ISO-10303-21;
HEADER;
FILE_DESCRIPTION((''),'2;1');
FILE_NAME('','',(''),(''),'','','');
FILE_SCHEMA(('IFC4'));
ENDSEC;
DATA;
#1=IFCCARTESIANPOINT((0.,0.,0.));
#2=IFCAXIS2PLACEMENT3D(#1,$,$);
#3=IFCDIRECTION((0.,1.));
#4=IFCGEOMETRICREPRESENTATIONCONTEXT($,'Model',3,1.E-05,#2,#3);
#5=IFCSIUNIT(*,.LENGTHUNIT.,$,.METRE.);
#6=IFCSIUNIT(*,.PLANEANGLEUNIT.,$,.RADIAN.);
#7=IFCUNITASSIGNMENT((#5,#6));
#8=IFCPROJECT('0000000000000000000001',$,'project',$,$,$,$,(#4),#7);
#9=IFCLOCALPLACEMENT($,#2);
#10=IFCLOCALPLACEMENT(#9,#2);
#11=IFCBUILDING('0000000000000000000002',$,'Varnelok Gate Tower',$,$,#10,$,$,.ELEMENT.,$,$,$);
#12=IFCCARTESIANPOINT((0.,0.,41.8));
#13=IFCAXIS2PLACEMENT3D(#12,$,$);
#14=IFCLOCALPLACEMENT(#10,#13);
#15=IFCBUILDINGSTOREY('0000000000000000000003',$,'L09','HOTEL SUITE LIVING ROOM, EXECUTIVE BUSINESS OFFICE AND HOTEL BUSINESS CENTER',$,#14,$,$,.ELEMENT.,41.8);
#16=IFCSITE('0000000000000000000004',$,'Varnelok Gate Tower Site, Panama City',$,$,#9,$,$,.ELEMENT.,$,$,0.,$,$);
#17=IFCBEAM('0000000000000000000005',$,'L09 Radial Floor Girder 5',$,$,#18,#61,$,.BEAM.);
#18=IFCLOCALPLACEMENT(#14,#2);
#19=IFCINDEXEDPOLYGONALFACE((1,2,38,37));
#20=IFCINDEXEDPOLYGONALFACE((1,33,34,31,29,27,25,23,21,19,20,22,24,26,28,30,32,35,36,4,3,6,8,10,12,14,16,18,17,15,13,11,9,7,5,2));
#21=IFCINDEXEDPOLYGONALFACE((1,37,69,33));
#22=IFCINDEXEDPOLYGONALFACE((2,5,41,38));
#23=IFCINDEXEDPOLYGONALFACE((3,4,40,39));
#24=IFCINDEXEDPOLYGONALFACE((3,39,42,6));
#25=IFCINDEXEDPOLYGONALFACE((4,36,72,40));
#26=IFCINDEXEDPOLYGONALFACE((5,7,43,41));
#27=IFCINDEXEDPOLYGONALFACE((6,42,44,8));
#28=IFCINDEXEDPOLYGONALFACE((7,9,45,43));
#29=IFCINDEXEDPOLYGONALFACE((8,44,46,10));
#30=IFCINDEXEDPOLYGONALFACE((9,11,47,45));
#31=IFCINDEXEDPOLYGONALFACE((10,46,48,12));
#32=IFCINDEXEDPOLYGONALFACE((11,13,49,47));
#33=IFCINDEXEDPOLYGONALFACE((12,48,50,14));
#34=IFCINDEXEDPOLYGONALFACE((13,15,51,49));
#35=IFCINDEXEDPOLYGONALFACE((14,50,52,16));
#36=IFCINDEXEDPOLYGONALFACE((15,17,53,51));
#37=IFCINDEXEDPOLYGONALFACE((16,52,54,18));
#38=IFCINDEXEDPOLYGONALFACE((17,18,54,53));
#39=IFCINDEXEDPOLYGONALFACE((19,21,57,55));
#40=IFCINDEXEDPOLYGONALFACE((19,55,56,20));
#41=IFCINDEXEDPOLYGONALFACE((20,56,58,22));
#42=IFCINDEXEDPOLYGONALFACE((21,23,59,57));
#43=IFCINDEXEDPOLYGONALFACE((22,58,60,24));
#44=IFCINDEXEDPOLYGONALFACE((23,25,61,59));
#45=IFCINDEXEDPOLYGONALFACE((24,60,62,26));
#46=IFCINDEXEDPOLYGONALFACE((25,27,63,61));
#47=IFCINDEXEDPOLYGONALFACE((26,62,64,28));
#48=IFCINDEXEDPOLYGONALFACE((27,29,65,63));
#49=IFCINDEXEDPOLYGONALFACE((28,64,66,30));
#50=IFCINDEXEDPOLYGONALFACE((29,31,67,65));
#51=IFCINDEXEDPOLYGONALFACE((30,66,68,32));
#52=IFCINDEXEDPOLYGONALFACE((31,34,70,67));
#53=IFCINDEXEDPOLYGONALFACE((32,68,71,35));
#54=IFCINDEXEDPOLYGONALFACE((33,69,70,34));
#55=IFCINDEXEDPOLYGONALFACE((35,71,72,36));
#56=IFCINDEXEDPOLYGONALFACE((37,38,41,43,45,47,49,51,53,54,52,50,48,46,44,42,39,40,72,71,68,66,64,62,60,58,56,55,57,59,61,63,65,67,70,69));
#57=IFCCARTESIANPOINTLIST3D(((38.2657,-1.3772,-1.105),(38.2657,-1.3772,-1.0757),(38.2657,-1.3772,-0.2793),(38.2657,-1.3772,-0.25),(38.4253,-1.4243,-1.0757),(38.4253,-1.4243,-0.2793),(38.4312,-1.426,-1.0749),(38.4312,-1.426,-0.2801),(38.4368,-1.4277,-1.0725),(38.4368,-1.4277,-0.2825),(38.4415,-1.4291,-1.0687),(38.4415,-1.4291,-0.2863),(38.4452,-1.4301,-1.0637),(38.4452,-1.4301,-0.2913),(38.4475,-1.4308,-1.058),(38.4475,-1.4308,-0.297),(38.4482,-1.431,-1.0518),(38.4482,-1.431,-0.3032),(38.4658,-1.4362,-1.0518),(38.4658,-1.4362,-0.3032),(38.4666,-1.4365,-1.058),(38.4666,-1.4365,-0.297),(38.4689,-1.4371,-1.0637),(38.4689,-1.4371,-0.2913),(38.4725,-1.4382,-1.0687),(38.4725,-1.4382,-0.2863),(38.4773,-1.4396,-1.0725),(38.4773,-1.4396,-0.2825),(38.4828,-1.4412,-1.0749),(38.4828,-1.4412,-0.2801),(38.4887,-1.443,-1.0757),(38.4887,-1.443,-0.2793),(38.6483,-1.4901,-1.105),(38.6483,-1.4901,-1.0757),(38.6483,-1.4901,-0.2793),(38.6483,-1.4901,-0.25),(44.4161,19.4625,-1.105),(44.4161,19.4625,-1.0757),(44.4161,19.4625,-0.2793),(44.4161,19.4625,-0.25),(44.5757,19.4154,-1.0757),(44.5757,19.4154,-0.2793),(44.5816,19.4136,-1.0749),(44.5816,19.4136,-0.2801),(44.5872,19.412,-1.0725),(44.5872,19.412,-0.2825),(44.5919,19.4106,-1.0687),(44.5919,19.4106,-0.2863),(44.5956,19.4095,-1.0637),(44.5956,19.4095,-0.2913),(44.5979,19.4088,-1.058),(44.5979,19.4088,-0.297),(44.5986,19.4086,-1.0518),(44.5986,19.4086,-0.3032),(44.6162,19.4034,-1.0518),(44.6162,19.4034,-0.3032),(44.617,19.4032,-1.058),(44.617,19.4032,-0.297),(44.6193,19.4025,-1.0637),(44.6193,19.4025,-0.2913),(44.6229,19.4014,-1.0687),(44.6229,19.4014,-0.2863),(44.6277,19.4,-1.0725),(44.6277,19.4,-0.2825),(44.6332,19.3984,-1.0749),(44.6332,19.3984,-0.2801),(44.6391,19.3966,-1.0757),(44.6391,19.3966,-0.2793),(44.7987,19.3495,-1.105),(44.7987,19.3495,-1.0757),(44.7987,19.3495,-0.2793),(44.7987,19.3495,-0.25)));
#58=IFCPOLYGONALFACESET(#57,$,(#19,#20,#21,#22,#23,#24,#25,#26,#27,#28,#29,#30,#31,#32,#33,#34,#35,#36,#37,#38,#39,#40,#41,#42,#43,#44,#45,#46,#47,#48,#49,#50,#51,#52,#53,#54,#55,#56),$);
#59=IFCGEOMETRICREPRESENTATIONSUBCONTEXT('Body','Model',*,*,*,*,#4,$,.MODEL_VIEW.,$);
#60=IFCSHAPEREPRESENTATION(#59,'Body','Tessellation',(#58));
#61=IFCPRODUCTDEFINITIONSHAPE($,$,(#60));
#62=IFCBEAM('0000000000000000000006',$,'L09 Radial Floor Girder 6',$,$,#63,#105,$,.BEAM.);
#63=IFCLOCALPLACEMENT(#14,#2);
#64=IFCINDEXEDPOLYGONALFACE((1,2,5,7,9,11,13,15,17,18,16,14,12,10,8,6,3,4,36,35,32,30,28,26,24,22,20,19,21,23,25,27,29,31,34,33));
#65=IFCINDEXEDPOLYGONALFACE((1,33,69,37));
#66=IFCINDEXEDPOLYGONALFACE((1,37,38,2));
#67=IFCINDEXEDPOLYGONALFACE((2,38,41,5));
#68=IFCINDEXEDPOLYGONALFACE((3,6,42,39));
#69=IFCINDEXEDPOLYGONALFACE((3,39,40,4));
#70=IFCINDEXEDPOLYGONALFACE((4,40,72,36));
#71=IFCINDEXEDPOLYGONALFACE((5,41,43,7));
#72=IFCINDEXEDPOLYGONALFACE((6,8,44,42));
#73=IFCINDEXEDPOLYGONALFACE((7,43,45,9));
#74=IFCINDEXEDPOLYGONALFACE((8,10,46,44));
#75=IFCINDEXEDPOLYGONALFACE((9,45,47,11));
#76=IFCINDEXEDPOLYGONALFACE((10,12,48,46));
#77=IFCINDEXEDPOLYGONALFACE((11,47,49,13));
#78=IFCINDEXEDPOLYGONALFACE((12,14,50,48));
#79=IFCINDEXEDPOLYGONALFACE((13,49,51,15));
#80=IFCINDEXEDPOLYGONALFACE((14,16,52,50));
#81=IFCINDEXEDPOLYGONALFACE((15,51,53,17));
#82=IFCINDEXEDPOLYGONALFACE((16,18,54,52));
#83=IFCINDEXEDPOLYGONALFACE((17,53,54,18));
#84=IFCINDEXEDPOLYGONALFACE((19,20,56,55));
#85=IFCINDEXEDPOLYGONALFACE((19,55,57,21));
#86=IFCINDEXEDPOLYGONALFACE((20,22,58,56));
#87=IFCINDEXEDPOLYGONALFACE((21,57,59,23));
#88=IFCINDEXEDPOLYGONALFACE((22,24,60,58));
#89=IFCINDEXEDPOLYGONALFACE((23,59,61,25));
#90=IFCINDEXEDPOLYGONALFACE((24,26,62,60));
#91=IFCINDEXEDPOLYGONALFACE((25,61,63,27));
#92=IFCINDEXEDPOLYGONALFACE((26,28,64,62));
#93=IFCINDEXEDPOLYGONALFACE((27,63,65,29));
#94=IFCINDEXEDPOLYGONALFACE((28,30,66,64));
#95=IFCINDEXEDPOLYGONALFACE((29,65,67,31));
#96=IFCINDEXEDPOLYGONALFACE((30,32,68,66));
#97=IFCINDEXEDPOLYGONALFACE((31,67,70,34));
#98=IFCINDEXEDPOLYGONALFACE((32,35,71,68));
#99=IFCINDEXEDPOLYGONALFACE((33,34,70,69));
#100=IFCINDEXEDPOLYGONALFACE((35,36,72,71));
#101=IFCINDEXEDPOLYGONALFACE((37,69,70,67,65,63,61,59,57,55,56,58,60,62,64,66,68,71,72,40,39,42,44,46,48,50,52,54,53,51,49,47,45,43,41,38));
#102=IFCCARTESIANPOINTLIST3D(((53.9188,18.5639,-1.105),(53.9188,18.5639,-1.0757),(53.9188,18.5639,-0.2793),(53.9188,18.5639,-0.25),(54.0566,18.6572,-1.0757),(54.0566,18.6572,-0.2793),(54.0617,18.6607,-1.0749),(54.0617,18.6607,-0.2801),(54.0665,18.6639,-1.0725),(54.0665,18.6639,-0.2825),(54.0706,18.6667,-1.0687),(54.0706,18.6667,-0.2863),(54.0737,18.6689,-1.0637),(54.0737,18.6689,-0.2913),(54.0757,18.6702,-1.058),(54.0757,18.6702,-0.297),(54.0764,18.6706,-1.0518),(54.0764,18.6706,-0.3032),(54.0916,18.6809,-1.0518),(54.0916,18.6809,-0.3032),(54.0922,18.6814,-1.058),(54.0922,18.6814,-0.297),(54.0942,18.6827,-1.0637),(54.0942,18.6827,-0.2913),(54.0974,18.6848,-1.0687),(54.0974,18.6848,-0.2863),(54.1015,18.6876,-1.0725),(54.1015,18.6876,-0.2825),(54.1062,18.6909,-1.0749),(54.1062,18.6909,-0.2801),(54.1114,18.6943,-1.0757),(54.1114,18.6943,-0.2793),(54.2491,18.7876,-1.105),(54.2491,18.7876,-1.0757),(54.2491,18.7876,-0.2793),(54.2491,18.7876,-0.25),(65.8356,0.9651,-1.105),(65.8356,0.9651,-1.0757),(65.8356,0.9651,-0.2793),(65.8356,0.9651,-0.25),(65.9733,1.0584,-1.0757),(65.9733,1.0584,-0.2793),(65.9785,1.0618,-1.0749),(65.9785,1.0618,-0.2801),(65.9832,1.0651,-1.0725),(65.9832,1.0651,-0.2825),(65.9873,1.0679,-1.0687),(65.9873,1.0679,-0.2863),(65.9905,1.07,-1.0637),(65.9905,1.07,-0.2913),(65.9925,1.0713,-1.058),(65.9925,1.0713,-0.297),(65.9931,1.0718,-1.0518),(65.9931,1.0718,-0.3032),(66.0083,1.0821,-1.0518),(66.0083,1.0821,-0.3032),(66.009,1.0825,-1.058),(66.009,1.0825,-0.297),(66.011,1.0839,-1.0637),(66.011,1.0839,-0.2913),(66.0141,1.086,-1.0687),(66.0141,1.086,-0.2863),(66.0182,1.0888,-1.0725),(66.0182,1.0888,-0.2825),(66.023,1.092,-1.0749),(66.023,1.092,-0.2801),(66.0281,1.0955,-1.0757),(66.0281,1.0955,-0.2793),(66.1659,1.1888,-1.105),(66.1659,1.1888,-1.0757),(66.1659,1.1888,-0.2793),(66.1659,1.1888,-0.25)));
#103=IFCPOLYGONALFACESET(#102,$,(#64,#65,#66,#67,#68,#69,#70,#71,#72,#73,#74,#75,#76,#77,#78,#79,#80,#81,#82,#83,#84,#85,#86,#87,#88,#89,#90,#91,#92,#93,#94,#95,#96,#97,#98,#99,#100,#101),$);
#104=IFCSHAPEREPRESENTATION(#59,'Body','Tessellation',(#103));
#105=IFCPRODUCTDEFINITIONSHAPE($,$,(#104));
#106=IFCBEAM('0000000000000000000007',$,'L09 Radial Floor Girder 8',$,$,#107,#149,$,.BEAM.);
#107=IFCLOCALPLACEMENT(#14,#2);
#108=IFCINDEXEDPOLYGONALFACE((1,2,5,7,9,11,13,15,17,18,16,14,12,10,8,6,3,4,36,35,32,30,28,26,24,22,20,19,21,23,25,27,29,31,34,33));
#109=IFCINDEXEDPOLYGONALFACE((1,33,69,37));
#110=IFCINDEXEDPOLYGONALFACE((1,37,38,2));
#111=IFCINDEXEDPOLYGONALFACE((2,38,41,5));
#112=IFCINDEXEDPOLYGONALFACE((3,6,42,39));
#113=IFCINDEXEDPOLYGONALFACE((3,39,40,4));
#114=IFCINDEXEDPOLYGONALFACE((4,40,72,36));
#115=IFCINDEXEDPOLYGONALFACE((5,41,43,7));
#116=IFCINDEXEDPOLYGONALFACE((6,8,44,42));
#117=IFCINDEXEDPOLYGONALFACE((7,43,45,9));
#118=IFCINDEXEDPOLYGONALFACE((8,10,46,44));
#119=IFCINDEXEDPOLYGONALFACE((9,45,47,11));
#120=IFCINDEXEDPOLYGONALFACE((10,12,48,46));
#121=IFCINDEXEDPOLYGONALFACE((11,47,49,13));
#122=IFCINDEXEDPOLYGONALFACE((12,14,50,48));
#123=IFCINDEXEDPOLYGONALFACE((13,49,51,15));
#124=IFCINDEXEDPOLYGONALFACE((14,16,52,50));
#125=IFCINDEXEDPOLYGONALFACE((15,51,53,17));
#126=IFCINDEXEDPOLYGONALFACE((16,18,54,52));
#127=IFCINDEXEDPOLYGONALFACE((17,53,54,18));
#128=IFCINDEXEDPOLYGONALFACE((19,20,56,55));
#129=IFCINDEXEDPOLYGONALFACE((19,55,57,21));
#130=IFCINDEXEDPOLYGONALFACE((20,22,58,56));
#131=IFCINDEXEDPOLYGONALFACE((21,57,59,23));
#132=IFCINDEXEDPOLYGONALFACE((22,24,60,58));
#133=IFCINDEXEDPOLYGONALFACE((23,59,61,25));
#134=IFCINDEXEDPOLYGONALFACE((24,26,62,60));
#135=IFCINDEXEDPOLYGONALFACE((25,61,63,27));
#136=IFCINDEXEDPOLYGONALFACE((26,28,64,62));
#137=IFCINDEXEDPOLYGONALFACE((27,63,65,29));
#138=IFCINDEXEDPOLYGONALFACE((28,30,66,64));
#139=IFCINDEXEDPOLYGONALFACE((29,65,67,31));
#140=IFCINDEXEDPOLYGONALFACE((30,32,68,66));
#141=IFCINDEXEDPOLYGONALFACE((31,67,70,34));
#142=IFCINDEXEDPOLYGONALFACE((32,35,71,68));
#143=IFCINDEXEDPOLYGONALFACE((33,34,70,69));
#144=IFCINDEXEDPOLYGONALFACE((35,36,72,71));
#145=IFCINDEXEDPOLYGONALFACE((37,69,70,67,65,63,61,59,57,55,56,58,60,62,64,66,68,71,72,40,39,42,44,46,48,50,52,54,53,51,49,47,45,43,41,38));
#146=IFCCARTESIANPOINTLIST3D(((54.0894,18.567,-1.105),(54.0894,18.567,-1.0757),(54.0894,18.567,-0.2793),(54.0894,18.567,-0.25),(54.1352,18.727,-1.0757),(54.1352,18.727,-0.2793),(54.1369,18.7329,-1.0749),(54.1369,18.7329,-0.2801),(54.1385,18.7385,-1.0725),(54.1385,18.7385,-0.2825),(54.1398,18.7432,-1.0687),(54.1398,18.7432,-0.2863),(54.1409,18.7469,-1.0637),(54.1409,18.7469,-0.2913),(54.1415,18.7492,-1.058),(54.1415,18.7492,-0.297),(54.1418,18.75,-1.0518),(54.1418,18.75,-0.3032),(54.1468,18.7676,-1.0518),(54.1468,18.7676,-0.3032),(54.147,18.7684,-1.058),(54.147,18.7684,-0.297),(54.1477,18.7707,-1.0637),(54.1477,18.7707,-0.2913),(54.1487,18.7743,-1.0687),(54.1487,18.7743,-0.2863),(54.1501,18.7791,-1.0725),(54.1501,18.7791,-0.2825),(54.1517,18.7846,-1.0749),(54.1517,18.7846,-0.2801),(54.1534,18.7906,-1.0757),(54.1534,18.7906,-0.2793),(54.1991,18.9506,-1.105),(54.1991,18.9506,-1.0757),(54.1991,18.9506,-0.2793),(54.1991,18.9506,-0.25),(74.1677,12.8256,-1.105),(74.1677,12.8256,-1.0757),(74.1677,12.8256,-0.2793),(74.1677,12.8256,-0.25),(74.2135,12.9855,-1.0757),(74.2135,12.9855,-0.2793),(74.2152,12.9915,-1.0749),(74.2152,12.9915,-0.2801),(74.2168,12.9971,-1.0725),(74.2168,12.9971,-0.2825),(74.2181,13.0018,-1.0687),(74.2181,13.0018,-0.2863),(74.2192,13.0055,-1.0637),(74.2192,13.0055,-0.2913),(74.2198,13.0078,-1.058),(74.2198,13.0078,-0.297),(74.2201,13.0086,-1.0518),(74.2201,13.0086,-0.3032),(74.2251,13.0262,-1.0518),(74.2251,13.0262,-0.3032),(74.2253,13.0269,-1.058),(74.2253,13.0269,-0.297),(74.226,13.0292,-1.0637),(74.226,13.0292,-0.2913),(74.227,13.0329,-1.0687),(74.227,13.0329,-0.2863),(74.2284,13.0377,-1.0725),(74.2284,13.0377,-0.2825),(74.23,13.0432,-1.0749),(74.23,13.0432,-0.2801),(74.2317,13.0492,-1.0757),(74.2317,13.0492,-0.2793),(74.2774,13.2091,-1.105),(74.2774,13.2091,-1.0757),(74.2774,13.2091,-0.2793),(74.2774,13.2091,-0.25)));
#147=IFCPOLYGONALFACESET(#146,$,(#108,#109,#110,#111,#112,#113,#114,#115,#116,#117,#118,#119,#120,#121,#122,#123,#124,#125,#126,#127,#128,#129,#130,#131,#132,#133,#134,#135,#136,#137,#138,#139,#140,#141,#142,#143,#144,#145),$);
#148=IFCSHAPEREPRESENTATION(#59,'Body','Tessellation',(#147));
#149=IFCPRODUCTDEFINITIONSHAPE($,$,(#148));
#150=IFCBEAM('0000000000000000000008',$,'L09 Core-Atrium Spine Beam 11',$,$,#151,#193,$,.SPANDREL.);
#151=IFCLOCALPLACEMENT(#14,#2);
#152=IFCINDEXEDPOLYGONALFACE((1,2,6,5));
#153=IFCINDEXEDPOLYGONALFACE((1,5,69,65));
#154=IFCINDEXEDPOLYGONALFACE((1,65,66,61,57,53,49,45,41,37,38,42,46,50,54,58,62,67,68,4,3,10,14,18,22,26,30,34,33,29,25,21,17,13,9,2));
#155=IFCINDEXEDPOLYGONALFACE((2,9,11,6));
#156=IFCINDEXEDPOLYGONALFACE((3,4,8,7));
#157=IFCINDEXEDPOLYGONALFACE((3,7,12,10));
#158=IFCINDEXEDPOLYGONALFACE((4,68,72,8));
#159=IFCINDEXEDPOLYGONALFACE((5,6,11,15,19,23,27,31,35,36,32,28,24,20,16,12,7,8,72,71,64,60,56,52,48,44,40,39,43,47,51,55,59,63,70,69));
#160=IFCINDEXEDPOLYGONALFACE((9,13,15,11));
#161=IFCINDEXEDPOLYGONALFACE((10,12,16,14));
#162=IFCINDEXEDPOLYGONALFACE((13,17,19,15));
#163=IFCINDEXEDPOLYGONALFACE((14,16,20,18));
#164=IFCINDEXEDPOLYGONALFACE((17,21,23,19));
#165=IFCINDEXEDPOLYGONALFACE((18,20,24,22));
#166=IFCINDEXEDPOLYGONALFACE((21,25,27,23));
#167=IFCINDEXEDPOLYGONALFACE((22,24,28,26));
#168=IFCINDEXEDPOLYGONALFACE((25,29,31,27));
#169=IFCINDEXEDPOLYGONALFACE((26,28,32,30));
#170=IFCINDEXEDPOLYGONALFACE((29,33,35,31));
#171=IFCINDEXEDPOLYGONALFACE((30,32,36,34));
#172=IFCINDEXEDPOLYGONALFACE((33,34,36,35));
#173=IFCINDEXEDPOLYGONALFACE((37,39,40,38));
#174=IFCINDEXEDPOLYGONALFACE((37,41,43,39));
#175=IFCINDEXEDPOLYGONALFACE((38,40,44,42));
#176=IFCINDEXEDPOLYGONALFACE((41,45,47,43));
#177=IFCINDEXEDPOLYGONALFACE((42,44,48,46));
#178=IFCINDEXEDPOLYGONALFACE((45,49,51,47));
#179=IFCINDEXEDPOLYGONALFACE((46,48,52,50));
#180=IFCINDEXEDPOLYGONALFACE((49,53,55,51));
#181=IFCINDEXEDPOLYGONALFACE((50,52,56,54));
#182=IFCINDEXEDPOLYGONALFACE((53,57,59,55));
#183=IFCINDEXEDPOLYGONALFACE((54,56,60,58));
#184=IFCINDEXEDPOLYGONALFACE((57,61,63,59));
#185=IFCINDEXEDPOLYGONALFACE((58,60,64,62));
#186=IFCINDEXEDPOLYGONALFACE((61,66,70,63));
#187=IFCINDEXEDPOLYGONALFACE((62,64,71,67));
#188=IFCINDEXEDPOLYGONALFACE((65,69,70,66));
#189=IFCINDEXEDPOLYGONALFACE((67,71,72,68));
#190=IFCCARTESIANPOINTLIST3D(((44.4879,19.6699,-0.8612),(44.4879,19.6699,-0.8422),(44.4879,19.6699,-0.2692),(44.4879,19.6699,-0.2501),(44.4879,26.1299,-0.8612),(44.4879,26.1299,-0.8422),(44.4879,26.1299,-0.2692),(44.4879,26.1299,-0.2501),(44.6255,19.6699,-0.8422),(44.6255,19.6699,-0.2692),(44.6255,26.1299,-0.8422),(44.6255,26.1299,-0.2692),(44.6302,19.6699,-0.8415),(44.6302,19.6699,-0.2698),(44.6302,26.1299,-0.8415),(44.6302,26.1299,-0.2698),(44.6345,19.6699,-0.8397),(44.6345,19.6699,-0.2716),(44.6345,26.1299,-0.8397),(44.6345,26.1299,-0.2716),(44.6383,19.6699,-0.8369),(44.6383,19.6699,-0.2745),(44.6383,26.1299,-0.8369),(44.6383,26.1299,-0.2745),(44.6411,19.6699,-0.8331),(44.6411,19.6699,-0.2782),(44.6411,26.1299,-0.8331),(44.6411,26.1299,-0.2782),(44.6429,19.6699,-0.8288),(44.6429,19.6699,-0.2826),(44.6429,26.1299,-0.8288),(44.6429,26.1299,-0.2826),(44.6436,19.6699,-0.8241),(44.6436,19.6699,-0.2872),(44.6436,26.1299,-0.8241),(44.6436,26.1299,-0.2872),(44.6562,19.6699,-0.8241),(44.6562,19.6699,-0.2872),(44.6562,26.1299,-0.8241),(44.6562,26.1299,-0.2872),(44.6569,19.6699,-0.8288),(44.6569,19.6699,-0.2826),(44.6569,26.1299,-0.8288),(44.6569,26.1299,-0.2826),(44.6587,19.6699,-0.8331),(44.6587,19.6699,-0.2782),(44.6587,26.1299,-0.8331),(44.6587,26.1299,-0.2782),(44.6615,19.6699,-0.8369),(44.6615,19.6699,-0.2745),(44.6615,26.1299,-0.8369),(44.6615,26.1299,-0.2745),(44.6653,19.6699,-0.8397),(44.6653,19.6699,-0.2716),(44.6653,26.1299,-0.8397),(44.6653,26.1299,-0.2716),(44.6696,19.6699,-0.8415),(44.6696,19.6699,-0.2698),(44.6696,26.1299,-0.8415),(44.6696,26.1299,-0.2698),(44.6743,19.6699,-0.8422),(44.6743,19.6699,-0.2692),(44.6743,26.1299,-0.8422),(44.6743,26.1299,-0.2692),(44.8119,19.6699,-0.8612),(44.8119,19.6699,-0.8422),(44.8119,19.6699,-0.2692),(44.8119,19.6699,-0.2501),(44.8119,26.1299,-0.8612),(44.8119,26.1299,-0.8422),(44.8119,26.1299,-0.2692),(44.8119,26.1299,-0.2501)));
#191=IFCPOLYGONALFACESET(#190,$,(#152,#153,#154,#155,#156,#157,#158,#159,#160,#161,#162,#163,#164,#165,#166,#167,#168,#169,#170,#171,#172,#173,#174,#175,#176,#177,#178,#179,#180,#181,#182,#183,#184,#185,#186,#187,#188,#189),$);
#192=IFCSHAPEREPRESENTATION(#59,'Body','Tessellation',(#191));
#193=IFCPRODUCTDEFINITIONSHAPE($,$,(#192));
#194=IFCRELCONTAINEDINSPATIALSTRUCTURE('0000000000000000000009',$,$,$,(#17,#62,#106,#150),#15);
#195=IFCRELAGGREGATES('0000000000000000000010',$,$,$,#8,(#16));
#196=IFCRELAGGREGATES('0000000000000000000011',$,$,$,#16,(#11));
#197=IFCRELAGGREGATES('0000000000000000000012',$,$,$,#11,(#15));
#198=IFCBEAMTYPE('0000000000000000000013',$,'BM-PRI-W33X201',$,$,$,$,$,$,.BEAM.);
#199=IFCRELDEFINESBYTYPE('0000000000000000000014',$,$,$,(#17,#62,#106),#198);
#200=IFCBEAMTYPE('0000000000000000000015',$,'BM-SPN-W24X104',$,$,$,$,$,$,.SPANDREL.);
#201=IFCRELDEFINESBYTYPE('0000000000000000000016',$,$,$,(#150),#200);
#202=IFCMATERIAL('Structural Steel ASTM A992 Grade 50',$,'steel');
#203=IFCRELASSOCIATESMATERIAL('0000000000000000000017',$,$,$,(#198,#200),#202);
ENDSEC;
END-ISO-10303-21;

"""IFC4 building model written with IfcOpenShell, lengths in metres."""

from ifc_helpers import new_model, si_unit, direction, frame, origin, origin_2d, place, context, subcontext, project, spatial, i_section, extrude, material, material_profile, profile_set, type_object, element, save


model = new_model("IFC4")

# Units and contexts
model_context = context("Model", 3, precision=1e-05, world=origin(), true_north=direction((0.0, 1.0)))
body_context = subcontext(model_context, "Body", "Model", "MODEL_VIEW")
ifc_project = project(units=[si_unit("LENGTHUNIT", "METRE"), si_unit("PLANEANGLEUNIT", "RADIAN")], contexts=[model_context])

# Site, building, storey
site_placement = place(None, origin())
site = spatial("IfcSite", under=ifc_project, at=site_placement, Name="Varnelok Gate Tower Site, Panama City", CompositionType="ELEMENT", RefElevation=0.0)
building_placement = place(site_placement, origin())
building = spatial("IfcBuilding", under=site, at=building_placement, Name="Varnelok Gate Tower", CompositionType="ELEMENT")
storey_placement = place(building_placement, frame((0.0, 0.0, 41.8)))
storey = spatial("IfcBuildingStorey", under=building, at=storey_placement, Name="L09", Description="HOTEL SUITE LIVING ROOM, EXECUTIVE BUSINESS OFFICE AND HOTEL BUSINESS CENTER", CompositionType="ELEMENT", Elevation=41.8)

# Shared definitions
ifc_material_1 = material(Name="Structural Steel ASTM A992 Grade 50", Category="steel")

# Beams
ifc_material_profile_1 = material_profile(ifc_material_1, i_section(OverallWidth=0.3989, OverallDepth=0.855, WebThickness=0.0183, FlangeThickness=0.0293, FilletRadius=0.0239, at=origin_2d()), Name="W33X201")
ifc_profile_set_1 = profile_set([ifc_material_profile_1], Name="Structural Steel ASTM A992 Grade 50")
beam_type_1 = type_object("IfcBeamType", Name="BM-PRI-W33X201", PredefinedType="BEAM", material=ifc_profile_set_1)
beam_1_placement = place(storey_placement, frame((44.6074, 19.406, -0.6775), z_axis=(-0.28306, -0.959102, 0.0), x_axis=(0.959102, -0.28306, 0.0)))
element("IfcBeam", 1, at=beam_1_placement, inside=storey, type_object=beam_type_1, Name="L09 Radial Floor Girder 5", PredefinedType="BEAM", context=body_context, shape_type="SweptSolid", body=[
    extrude(i_section(OverallWidth=0.3989, OverallDepth=0.855, WebThickness=0.0183, FlangeThickness=0.0293, FilletRadius=0.0239, at=origin_2d()), origin(), (0.0, 0.0, 1.0), 21.7283),
])
beam_2_placement = place(storey_placement, frame((54.084, 18.6758, -0.6775), z_axis=(0.560685, -0.828029, 0.0), x_axis=(0.828029, 0.560685, 0.0)))
element("IfcBeam", 2, at=beam_2_placement, inside=storey, type_object=beam_type_1, Name="L09 Radial Floor Girder 6", PredefinedType="BEAM", context=body_context, shape_type="SweptSolid", body=[
    extrude(i_section(OverallWidth=0.3989, OverallDepth=0.855, WebThickness=0.0183, FlangeThickness=0.0293, FilletRadius=0.0239, at=origin_2d()), origin(), (0.0, 0.0, 1.0), 21.2539),
])
beam_3_placement = place(storey_placement, frame((54.1443, 18.7588, -0.6775), z_axis=(0.961463, -0.274933, 0.0), x_axis=(0.274933, 0.961463, 0.0)))
element("IfcBeam", 3, at=beam_3_placement, inside=storey, type_object=beam_type_1, Name="L09 Radial Floor Girder 8", PredefinedType="BEAM", context=body_context, shape_type="SweptSolid", body=[
    extrude(i_section(OverallWidth=0.3989, OverallDepth=0.855, WebThickness=0.0183, FlangeThickness=0.0293, FilletRadius=0.0239, at=origin_2d()), origin(), (0.0, 0.0, 1.0), 20.8831),
])
ifc_material_profile_2 = material_profile(ifc_material_1, i_section(OverallWidth=0.324, OverallDepth=0.6111, WebThickness=0.0127, FlangeThickness=0.019, FilletRadius=0.0181, at=origin_2d()), Name="W24X104")
ifc_profile_set_2 = profile_set([ifc_material_profile_2], Name="Structural Steel ASTM A992 Grade 50")
beam_type_2 = type_object("IfcBeamType", Name="BM-SPN-W24X104", PredefinedType="SPANDREL", material=ifc_profile_set_2)
beam_4_placement = place(storey_placement, frame((44.6499, 19.6699, -0.5557), z_axis=(0.0, 1.0, 0.0), x_axis=(-1.0, 0.0, 0.0)))
element("IfcBeam", 4, at=beam_4_placement, inside=storey, type_object=beam_type_2, Name="L09 Core-Atrium Spine Beam 11", PredefinedType="SPANDREL", context=body_context, shape_type="SweptSolid", body=[
    extrude(i_section(OverallWidth=0.324, OverallDepth=0.6111, WebThickness=0.0127, FlangeThickness=0.019, FilletRadius=0.0181, at=origin_2d()), origin(), (0.0, 0.0, 1.0), 6.46),
])

save(model, "model.ifc")
